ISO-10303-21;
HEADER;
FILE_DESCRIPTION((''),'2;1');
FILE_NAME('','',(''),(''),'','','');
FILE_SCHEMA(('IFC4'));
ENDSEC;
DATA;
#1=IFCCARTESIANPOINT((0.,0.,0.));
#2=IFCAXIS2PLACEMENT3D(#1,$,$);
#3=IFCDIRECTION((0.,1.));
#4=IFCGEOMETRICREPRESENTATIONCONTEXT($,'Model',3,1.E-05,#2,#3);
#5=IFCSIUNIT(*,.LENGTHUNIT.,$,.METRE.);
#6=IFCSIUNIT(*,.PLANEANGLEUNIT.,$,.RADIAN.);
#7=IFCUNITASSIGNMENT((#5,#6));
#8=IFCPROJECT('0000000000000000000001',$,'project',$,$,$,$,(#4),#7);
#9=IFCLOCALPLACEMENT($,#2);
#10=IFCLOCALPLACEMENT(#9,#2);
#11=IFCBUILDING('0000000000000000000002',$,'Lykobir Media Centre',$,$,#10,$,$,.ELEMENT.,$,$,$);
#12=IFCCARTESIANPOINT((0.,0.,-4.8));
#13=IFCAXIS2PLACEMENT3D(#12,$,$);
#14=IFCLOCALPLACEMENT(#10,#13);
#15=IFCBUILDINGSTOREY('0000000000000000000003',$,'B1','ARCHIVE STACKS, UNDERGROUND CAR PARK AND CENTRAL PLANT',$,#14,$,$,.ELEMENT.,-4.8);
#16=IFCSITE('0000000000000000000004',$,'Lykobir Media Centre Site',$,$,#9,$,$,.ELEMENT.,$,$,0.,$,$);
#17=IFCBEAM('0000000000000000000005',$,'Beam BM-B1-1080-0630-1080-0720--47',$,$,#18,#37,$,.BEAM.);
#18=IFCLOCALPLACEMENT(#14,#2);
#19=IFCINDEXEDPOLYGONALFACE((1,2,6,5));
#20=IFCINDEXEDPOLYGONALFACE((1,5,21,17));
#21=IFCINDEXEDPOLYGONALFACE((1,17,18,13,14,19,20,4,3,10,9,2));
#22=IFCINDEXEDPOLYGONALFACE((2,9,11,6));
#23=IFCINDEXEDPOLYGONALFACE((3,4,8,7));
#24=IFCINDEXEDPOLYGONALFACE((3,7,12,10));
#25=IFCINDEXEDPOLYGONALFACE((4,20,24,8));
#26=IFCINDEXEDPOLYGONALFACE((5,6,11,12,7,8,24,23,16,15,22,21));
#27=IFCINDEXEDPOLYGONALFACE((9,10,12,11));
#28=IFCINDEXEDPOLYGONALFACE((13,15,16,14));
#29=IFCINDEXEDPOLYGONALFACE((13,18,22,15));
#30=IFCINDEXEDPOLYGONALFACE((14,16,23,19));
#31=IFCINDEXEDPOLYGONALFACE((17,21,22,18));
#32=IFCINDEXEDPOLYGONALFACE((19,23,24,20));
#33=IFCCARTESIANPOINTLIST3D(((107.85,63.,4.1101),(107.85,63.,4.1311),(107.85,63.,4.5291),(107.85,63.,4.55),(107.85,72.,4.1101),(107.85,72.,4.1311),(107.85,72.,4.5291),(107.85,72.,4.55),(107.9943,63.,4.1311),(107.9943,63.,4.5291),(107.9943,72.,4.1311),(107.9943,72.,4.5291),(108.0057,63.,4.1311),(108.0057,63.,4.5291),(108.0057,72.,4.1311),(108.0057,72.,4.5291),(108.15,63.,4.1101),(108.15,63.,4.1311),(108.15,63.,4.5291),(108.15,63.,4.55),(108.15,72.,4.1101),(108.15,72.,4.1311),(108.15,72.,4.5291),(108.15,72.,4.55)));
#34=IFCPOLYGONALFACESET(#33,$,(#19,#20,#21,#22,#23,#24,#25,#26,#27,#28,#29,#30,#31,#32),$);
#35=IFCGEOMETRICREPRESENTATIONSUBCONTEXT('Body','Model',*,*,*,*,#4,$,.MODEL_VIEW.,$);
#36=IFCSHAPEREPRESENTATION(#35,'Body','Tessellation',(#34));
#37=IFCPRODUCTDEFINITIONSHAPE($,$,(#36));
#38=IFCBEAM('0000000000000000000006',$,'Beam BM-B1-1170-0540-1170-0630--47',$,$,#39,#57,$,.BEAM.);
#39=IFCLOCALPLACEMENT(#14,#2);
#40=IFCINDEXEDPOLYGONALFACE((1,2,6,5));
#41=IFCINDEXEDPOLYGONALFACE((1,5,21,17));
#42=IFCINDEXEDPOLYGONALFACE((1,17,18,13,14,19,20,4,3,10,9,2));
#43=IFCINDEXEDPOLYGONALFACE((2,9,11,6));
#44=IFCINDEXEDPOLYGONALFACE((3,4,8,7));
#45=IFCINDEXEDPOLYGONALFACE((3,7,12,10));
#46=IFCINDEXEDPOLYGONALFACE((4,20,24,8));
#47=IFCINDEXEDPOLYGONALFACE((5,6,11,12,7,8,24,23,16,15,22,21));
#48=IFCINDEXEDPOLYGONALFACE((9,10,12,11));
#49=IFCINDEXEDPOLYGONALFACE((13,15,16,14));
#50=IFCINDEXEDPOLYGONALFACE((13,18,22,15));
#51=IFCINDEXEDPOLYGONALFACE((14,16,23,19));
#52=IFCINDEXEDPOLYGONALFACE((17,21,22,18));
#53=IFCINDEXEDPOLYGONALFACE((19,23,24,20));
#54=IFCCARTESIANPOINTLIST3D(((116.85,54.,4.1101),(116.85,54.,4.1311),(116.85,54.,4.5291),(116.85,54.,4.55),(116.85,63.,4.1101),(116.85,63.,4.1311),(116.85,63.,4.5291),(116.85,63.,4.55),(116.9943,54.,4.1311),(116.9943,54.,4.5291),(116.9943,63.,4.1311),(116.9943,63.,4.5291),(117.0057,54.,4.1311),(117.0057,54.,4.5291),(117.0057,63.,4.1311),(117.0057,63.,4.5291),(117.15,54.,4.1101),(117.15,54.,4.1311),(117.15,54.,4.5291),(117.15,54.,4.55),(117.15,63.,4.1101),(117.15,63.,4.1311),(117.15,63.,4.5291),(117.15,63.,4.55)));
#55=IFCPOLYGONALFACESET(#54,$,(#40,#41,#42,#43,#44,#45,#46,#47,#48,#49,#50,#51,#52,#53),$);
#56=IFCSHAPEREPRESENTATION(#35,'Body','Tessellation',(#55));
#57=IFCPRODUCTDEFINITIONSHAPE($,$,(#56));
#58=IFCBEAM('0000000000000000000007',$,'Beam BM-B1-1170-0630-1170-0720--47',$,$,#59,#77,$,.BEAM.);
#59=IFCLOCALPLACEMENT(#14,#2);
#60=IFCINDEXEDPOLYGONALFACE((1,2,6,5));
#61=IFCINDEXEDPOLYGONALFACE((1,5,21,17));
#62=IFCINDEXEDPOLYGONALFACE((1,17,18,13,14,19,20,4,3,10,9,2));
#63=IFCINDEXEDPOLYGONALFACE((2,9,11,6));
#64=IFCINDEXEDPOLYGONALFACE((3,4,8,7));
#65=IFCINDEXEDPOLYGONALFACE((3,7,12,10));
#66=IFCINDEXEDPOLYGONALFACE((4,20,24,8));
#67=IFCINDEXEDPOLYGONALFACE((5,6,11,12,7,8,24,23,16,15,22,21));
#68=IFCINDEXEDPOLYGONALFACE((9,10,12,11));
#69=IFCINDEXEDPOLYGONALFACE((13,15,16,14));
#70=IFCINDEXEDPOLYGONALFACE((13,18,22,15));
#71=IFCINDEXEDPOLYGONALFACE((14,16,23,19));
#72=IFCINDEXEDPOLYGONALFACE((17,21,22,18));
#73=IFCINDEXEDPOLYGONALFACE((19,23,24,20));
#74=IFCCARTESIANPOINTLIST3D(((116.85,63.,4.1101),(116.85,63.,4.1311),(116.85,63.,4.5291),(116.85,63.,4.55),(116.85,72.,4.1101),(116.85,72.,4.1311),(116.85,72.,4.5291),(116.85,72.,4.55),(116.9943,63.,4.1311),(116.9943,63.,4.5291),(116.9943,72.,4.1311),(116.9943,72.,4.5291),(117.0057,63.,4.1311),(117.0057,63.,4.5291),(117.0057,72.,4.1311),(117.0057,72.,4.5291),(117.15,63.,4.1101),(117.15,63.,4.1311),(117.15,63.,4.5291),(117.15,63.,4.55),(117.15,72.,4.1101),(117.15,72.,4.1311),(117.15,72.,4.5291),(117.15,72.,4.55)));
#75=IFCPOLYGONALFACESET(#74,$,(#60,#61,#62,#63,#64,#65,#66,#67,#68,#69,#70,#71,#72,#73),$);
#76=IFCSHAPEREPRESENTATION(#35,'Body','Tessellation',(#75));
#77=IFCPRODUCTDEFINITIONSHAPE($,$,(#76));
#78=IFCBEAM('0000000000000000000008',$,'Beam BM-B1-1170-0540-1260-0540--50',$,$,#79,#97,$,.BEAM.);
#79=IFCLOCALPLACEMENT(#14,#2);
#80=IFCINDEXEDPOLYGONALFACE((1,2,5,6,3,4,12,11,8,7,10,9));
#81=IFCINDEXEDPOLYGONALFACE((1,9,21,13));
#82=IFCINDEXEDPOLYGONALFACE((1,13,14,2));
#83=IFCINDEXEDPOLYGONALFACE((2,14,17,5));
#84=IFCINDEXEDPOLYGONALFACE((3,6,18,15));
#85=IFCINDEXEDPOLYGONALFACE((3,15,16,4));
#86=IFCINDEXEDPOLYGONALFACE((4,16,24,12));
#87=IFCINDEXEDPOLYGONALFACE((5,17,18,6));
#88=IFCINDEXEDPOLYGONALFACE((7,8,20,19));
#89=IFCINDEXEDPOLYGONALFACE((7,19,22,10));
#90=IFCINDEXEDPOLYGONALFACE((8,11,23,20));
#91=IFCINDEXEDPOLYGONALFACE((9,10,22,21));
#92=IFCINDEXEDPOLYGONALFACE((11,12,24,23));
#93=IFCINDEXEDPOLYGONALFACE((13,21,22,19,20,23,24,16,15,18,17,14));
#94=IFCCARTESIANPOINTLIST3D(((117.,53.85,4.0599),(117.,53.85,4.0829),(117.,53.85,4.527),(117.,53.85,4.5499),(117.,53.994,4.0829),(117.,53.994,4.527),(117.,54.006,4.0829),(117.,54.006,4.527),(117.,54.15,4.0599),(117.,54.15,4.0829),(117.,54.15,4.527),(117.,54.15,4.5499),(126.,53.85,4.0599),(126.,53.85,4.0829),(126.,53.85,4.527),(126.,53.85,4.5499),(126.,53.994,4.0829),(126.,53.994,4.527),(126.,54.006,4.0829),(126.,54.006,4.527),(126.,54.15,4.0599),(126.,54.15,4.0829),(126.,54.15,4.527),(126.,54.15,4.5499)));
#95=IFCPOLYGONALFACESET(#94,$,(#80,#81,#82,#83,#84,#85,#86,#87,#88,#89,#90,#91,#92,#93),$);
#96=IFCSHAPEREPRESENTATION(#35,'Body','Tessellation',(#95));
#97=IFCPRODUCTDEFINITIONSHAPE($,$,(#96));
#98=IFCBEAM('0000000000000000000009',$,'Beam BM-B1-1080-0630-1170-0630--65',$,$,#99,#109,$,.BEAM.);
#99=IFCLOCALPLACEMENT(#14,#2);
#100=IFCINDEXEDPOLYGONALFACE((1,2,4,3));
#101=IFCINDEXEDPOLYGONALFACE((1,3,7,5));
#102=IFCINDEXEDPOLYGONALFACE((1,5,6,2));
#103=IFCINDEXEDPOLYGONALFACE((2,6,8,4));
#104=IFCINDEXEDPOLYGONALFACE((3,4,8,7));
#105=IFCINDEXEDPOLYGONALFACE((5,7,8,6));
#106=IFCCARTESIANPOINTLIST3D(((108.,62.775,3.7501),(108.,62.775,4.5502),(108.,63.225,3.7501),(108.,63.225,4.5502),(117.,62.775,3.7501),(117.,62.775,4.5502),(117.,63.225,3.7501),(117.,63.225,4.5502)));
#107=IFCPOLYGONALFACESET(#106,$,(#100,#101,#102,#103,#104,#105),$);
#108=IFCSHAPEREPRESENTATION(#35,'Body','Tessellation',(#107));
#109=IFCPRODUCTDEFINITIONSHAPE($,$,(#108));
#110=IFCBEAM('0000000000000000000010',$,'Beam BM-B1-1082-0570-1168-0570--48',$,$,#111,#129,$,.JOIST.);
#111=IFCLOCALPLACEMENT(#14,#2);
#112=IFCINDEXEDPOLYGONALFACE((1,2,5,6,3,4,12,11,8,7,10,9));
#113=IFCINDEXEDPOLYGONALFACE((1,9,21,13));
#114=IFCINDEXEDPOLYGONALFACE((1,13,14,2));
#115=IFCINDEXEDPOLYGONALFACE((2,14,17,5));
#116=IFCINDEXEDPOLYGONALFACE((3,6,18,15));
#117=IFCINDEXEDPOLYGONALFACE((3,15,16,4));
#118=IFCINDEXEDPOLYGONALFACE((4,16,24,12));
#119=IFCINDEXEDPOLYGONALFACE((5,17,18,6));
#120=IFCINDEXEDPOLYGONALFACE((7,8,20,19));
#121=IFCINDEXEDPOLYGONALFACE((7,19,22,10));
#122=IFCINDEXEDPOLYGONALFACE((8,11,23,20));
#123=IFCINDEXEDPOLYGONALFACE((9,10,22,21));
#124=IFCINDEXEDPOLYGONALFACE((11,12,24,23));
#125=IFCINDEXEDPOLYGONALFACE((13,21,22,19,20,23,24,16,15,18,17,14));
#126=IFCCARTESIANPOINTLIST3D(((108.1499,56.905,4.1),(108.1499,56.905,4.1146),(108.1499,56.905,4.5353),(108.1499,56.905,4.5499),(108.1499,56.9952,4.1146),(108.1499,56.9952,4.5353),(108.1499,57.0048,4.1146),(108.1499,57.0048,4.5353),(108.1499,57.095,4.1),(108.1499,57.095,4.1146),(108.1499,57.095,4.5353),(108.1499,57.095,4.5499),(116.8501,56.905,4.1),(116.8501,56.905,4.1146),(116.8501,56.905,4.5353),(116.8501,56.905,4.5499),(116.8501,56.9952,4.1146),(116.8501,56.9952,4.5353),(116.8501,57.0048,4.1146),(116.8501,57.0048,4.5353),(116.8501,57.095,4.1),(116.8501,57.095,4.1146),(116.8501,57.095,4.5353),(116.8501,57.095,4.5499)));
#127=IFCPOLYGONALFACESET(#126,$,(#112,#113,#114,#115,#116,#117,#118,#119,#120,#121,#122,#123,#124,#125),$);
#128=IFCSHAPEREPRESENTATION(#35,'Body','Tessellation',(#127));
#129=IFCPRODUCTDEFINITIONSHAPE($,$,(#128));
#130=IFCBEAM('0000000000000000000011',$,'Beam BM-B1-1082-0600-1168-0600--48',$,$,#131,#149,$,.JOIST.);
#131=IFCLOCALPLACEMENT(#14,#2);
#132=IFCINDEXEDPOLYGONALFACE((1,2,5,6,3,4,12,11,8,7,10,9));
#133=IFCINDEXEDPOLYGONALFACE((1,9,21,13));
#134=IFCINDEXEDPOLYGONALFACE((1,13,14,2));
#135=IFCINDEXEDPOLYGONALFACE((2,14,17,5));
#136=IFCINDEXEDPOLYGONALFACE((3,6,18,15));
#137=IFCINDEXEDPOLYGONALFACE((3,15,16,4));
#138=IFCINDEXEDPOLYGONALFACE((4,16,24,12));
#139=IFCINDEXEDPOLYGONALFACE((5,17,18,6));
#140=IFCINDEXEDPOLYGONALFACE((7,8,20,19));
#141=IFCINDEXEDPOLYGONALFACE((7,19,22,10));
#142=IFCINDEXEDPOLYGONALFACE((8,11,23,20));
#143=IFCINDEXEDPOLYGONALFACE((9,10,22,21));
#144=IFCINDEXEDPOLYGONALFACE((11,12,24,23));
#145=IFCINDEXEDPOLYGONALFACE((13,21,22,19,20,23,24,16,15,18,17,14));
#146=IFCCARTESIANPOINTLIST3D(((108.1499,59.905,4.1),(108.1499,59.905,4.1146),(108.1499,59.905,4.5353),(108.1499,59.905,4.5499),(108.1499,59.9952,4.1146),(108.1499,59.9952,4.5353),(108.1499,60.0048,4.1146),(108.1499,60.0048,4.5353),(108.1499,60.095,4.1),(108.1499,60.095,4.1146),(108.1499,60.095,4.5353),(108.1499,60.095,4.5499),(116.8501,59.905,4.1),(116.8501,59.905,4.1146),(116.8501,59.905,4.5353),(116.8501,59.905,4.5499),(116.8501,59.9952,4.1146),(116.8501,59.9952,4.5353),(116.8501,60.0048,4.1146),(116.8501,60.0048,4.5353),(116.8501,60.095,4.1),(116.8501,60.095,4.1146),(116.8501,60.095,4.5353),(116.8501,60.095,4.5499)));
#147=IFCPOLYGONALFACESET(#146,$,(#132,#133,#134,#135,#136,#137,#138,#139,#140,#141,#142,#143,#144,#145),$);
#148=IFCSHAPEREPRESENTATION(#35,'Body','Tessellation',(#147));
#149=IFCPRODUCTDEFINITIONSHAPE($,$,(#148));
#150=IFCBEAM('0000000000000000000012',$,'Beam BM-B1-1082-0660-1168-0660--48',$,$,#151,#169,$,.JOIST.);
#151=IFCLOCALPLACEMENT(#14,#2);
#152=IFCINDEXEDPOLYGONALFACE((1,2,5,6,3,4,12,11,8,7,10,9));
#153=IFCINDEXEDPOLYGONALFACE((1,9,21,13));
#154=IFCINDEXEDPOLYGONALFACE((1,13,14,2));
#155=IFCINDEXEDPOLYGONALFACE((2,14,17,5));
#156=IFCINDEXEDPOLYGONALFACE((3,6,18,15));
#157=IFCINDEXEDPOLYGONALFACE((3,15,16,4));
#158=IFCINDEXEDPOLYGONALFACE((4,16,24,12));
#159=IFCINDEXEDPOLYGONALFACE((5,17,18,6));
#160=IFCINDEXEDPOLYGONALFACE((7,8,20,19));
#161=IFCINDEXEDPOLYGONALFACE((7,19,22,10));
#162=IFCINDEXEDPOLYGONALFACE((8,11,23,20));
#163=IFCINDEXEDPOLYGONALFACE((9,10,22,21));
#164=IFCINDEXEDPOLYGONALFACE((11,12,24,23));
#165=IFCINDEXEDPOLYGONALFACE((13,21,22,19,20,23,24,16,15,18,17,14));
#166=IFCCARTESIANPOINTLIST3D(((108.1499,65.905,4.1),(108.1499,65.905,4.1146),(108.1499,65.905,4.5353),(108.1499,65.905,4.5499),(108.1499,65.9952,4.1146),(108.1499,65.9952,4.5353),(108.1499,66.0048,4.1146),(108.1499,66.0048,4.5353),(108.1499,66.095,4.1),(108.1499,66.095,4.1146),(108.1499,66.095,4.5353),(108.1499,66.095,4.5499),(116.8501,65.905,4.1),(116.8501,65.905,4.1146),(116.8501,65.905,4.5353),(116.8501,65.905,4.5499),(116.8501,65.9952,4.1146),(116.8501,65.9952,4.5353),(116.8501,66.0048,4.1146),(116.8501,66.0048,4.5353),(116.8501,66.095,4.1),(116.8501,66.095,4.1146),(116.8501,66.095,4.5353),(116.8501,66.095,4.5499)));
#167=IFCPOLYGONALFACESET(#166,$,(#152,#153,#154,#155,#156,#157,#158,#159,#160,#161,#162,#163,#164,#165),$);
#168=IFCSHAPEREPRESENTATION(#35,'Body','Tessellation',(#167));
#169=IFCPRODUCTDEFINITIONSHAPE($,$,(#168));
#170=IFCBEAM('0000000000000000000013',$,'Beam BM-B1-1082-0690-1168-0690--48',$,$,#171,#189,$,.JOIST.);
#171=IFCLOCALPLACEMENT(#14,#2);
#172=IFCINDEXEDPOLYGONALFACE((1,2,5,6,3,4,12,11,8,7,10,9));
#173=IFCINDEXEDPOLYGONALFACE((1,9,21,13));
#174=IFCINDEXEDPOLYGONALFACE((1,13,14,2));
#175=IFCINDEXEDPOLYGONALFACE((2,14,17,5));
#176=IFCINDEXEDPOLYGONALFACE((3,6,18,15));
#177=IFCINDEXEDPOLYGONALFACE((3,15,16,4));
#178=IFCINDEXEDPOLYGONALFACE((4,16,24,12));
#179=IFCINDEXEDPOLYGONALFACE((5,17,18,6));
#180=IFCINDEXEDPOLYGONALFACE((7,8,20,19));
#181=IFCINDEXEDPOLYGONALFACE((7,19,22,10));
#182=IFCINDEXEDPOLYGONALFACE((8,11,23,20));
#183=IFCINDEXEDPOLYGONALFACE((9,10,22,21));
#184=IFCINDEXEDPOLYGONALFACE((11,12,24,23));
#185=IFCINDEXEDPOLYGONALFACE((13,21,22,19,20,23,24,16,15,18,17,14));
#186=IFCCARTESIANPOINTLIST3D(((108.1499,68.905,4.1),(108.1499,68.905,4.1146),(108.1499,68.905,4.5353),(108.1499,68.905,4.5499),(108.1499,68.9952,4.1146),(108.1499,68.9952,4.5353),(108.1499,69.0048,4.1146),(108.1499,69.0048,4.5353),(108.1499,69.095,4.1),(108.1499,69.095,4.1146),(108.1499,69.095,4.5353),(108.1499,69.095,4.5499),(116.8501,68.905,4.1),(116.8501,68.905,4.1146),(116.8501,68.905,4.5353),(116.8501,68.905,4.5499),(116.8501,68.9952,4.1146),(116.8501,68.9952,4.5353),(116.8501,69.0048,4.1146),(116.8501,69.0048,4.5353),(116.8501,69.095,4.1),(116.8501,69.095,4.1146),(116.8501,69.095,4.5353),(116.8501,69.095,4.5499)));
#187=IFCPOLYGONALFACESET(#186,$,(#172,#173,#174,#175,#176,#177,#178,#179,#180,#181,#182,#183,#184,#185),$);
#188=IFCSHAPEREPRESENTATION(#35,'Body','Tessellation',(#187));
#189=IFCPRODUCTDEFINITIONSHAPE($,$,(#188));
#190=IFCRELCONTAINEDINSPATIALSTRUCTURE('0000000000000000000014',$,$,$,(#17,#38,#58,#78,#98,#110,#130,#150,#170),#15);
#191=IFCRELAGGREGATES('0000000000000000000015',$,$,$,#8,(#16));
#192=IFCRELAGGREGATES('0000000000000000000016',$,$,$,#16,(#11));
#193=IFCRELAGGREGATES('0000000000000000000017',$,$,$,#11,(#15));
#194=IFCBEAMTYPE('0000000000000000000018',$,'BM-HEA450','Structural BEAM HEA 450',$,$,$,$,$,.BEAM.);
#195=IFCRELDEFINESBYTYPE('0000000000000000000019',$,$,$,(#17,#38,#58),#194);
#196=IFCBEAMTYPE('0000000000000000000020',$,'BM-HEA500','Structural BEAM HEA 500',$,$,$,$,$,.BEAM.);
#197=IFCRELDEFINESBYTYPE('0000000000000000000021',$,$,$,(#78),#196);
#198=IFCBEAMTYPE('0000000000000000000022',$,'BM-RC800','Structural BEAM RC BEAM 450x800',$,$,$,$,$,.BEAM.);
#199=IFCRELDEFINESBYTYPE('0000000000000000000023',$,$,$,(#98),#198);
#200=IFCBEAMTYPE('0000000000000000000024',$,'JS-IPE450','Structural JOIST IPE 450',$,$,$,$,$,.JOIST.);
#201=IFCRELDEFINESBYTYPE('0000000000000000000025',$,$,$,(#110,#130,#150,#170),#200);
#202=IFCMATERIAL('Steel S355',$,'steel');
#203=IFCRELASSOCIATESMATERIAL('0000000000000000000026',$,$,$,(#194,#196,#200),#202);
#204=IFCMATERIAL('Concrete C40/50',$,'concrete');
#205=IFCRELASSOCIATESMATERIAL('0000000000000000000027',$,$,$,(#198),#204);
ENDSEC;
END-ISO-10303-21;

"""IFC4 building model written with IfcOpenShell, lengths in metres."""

from ifc_helpers import new_model, si_unit, direction, frame, origin, origin_2d, place, context, subcontext, project, spatial, rectangle, i_section, extrude, material, material_profile, profile_set, type_object, element, save


model = new_model("IFC4")

# Units and contexts
model_context = context("Model", 3, precision=1e-05, world=origin(), true_north=direction((0.0, 1.0)))
body_context = subcontext(model_context, "Body", "Model", "MODEL_VIEW")
ifc_project = project(units=[si_unit("LENGTHUNIT", "METRE"), si_unit("PLANEANGLEUNIT", "RADIAN")], contexts=[model_context])

# Site, building, storey
site_placement = place(None, origin())
site = spatial("IfcSite", under=ifc_project, at=site_placement, Name="Lykobir Media Centre Site", CompositionType="ELEMENT", RefElevation=0.0)
building_placement = place(site_placement, origin())
building = spatial("IfcBuilding", under=site, at=building_placement, Name="Lykobir Media Centre", CompositionType="ELEMENT")
storey_placement = place(building_placement, frame((0.0, 0.0, -4.8)))
storey = spatial("IfcBuildingStorey", under=building, at=storey_placement, Name="B1", Description="ARCHIVE STACKS, UNDERGROUND CAR PARK AND CENTRAL PLANT", CompositionType="ELEMENT", Elevation=-4.8)

# Shared definitions
ifc_material_1 = material(Name="Concrete C40/50", Category="concrete")
ifc_material_2 = material(Name="Steel S355", Category="steel")

# Beams
ifc_material_profile_1 = material_profile(ifc_material_2, i_section(OverallWidth=0.3, OverallDepth=0.4399, WebThickness=0.0115, FlangeThickness=0.021, at=origin_2d()), Name="HEA 450")
ifc_profile_set_1 = profile_set([ifc_material_profile_1], Name="Steel S355")
beam_type_1 = type_object("IfcBeamType", Name="BM-HEA450", Description="Structural BEAM HEA 450", PredefinedType="BEAM", material=ifc_profile_set_1)
for number, where, z_axis, x_axis, name in (
    (1, (108.0, 63.0, 4.3301), (0.0, 1.0, 0.0), (-1.0, 0.0, 0.0), "Beam BM-B1-1080-0630-1080-0720--47"),
    (2, (117.0, 54.0, 4.3301), (0.0, 1.0, 0.0), (-1.0, 0.0, 0.0), "Beam BM-B1-1170-0540-1170-0630--47"),
    (3, (117.0, 63.0, 4.3301), (0.0, 1.0, 0.0), (-1.0, 0.0, 0.0), "Beam BM-B1-1170-0630-1170-0720--47"),
):
    element("IfcBeam", number, at=place(storey_placement, frame(where, z_axis=z_axis, x_axis=x_axis)), inside=storey, type_object=beam_type_1, Name=name, PredefinedType="BEAM", context=body_context, shape_type="SweptSolid", body=[
        extrude(i_section(OverallWidth=0.3, OverallDepth=0.4399, WebThickness=0.0115, FlangeThickness=0.021, at=origin_2d()), origin(), (0.0, 0.0, 1.0), 9.0),
    ])
ifc_material_profile_2 = material_profile(ifc_material_2, i_section(OverallWidth=0.3, OverallDepth=0.49, WebThickness=0.012, FlangeThickness=0.0229, at=origin_2d()), Name="HEA 500")
ifc_profile_set_2 = profile_set([ifc_material_profile_2], Name="Steel S355")
beam_type_2 = type_object("IfcBeamType", Name="BM-HEA500", Description="Structural BEAM HEA 500", PredefinedType="BEAM", material=ifc_profile_set_2)
beam_1_placement = place(storey_placement, frame((117.0, 54.0, 4.3049), z_axis=(1.0, 0.0, 0.0), x_axis=(0.0, 1.0, 0.0)))
element("IfcBeam", 4, at=beam_1_placement, inside=storey, type_object=beam_type_2, Name="Beam BM-B1-1170-0540-1260-0540--50", PredefinedType="BEAM", context=body_context, shape_type="SweptSolid", body=[
    extrude(i_section(OverallWidth=0.3, OverallDepth=0.49, WebThickness=0.012, FlangeThickness=0.0229, at=origin_2d()), origin(), (0.0, 0.0, 1.0), 9.0),
])
ifc_material_profile_3 = material_profile(ifc_material_1, rectangle(XDim=0.45, YDim=0.8, at=origin_2d()), Name="RC BEAM 450x800")
ifc_profile_set_3 = profile_set([ifc_material_profile_3], Name="Concrete C40/50")
beam_type_3 = type_object("IfcBeamType", Name="BM-RC800", Description="Structural BEAM RC BEAM 450x800", PredefinedType="BEAM", material=ifc_profile_set_3)
beam_2_placement = place(storey_placement, frame((108.0, 63.0, 4.1501), z_axis=(1.0, 0.0, 0.0), x_axis=(0.0, 1.0, 0.0)))
element("IfcBeam", 5, at=beam_2_placement, inside=storey, type_object=beam_type_3, Name="Beam BM-B1-1080-0630-1170-0630--65", PredefinedType="BEAM", context=body_context, shape_type="SweptSolid", body=[
    extrude(rectangle(XDim=0.45, YDim=0.8, at=origin_2d()), origin(), (0.0, 0.0, 1.0), 9.0),
])
ifc_material_profile_4 = material_profile(ifc_material_2, i_section(OverallWidth=0.1899, OverallDepth=0.45, WebThickness=0.0095, FlangeThickness=0.0146, at=origin_2d()), Name="IPE 450")
ifc_profile_set_4 = profile_set([ifc_material_profile_4], Name="Steel S355")
beam_type_4 = type_object("IfcBeamType", Name="JS-IPE450", Description="Structural JOIST IPE 450", PredefinedType="JOIST", material=ifc_profile_set_4)
for number, where, z_axis, x_axis, name in (
    (6, (108.1499, 57.0, 4.325), (1.0, 0.0, 0.0), (0.0, 1.0, 0.0), "Beam BM-B1-1082-0570-1168-0570--48"),
    (7, (108.1499, 60.0, 4.325), (1.0, 0.0, 0.0), (0.0, 1.0, 0.0), "Beam BM-B1-1082-0600-1168-0600--48"),
    (8, (108.1499, 66.0, 4.325), (1.0, 0.0, 0.0), (0.0, 1.0, 0.0), "Beam BM-B1-1082-0660-1168-0660--48"),
    (9, (108.1499, 69.0, 4.325), (1.0, 0.0, 0.0), (0.0, 1.0, 0.0), "Beam BM-B1-1082-0690-1168-0690--48"),
):
    element("IfcBeam", number, at=place(storey_placement, frame(where, z_axis=z_axis, x_axis=x_axis)), inside=storey, type_object=beam_type_4, Name=name, PredefinedType="JOIST", context=body_context, shape_type="SweptSolid", body=[
        extrude(i_section(OverallWidth=0.1899, OverallDepth=0.45, WebThickness=0.0095, FlangeThickness=0.0146, at=origin_2d()), origin(), (0.0, 0.0, 1.0), 8.7002),
    ])

save(model, "model.ifc")
